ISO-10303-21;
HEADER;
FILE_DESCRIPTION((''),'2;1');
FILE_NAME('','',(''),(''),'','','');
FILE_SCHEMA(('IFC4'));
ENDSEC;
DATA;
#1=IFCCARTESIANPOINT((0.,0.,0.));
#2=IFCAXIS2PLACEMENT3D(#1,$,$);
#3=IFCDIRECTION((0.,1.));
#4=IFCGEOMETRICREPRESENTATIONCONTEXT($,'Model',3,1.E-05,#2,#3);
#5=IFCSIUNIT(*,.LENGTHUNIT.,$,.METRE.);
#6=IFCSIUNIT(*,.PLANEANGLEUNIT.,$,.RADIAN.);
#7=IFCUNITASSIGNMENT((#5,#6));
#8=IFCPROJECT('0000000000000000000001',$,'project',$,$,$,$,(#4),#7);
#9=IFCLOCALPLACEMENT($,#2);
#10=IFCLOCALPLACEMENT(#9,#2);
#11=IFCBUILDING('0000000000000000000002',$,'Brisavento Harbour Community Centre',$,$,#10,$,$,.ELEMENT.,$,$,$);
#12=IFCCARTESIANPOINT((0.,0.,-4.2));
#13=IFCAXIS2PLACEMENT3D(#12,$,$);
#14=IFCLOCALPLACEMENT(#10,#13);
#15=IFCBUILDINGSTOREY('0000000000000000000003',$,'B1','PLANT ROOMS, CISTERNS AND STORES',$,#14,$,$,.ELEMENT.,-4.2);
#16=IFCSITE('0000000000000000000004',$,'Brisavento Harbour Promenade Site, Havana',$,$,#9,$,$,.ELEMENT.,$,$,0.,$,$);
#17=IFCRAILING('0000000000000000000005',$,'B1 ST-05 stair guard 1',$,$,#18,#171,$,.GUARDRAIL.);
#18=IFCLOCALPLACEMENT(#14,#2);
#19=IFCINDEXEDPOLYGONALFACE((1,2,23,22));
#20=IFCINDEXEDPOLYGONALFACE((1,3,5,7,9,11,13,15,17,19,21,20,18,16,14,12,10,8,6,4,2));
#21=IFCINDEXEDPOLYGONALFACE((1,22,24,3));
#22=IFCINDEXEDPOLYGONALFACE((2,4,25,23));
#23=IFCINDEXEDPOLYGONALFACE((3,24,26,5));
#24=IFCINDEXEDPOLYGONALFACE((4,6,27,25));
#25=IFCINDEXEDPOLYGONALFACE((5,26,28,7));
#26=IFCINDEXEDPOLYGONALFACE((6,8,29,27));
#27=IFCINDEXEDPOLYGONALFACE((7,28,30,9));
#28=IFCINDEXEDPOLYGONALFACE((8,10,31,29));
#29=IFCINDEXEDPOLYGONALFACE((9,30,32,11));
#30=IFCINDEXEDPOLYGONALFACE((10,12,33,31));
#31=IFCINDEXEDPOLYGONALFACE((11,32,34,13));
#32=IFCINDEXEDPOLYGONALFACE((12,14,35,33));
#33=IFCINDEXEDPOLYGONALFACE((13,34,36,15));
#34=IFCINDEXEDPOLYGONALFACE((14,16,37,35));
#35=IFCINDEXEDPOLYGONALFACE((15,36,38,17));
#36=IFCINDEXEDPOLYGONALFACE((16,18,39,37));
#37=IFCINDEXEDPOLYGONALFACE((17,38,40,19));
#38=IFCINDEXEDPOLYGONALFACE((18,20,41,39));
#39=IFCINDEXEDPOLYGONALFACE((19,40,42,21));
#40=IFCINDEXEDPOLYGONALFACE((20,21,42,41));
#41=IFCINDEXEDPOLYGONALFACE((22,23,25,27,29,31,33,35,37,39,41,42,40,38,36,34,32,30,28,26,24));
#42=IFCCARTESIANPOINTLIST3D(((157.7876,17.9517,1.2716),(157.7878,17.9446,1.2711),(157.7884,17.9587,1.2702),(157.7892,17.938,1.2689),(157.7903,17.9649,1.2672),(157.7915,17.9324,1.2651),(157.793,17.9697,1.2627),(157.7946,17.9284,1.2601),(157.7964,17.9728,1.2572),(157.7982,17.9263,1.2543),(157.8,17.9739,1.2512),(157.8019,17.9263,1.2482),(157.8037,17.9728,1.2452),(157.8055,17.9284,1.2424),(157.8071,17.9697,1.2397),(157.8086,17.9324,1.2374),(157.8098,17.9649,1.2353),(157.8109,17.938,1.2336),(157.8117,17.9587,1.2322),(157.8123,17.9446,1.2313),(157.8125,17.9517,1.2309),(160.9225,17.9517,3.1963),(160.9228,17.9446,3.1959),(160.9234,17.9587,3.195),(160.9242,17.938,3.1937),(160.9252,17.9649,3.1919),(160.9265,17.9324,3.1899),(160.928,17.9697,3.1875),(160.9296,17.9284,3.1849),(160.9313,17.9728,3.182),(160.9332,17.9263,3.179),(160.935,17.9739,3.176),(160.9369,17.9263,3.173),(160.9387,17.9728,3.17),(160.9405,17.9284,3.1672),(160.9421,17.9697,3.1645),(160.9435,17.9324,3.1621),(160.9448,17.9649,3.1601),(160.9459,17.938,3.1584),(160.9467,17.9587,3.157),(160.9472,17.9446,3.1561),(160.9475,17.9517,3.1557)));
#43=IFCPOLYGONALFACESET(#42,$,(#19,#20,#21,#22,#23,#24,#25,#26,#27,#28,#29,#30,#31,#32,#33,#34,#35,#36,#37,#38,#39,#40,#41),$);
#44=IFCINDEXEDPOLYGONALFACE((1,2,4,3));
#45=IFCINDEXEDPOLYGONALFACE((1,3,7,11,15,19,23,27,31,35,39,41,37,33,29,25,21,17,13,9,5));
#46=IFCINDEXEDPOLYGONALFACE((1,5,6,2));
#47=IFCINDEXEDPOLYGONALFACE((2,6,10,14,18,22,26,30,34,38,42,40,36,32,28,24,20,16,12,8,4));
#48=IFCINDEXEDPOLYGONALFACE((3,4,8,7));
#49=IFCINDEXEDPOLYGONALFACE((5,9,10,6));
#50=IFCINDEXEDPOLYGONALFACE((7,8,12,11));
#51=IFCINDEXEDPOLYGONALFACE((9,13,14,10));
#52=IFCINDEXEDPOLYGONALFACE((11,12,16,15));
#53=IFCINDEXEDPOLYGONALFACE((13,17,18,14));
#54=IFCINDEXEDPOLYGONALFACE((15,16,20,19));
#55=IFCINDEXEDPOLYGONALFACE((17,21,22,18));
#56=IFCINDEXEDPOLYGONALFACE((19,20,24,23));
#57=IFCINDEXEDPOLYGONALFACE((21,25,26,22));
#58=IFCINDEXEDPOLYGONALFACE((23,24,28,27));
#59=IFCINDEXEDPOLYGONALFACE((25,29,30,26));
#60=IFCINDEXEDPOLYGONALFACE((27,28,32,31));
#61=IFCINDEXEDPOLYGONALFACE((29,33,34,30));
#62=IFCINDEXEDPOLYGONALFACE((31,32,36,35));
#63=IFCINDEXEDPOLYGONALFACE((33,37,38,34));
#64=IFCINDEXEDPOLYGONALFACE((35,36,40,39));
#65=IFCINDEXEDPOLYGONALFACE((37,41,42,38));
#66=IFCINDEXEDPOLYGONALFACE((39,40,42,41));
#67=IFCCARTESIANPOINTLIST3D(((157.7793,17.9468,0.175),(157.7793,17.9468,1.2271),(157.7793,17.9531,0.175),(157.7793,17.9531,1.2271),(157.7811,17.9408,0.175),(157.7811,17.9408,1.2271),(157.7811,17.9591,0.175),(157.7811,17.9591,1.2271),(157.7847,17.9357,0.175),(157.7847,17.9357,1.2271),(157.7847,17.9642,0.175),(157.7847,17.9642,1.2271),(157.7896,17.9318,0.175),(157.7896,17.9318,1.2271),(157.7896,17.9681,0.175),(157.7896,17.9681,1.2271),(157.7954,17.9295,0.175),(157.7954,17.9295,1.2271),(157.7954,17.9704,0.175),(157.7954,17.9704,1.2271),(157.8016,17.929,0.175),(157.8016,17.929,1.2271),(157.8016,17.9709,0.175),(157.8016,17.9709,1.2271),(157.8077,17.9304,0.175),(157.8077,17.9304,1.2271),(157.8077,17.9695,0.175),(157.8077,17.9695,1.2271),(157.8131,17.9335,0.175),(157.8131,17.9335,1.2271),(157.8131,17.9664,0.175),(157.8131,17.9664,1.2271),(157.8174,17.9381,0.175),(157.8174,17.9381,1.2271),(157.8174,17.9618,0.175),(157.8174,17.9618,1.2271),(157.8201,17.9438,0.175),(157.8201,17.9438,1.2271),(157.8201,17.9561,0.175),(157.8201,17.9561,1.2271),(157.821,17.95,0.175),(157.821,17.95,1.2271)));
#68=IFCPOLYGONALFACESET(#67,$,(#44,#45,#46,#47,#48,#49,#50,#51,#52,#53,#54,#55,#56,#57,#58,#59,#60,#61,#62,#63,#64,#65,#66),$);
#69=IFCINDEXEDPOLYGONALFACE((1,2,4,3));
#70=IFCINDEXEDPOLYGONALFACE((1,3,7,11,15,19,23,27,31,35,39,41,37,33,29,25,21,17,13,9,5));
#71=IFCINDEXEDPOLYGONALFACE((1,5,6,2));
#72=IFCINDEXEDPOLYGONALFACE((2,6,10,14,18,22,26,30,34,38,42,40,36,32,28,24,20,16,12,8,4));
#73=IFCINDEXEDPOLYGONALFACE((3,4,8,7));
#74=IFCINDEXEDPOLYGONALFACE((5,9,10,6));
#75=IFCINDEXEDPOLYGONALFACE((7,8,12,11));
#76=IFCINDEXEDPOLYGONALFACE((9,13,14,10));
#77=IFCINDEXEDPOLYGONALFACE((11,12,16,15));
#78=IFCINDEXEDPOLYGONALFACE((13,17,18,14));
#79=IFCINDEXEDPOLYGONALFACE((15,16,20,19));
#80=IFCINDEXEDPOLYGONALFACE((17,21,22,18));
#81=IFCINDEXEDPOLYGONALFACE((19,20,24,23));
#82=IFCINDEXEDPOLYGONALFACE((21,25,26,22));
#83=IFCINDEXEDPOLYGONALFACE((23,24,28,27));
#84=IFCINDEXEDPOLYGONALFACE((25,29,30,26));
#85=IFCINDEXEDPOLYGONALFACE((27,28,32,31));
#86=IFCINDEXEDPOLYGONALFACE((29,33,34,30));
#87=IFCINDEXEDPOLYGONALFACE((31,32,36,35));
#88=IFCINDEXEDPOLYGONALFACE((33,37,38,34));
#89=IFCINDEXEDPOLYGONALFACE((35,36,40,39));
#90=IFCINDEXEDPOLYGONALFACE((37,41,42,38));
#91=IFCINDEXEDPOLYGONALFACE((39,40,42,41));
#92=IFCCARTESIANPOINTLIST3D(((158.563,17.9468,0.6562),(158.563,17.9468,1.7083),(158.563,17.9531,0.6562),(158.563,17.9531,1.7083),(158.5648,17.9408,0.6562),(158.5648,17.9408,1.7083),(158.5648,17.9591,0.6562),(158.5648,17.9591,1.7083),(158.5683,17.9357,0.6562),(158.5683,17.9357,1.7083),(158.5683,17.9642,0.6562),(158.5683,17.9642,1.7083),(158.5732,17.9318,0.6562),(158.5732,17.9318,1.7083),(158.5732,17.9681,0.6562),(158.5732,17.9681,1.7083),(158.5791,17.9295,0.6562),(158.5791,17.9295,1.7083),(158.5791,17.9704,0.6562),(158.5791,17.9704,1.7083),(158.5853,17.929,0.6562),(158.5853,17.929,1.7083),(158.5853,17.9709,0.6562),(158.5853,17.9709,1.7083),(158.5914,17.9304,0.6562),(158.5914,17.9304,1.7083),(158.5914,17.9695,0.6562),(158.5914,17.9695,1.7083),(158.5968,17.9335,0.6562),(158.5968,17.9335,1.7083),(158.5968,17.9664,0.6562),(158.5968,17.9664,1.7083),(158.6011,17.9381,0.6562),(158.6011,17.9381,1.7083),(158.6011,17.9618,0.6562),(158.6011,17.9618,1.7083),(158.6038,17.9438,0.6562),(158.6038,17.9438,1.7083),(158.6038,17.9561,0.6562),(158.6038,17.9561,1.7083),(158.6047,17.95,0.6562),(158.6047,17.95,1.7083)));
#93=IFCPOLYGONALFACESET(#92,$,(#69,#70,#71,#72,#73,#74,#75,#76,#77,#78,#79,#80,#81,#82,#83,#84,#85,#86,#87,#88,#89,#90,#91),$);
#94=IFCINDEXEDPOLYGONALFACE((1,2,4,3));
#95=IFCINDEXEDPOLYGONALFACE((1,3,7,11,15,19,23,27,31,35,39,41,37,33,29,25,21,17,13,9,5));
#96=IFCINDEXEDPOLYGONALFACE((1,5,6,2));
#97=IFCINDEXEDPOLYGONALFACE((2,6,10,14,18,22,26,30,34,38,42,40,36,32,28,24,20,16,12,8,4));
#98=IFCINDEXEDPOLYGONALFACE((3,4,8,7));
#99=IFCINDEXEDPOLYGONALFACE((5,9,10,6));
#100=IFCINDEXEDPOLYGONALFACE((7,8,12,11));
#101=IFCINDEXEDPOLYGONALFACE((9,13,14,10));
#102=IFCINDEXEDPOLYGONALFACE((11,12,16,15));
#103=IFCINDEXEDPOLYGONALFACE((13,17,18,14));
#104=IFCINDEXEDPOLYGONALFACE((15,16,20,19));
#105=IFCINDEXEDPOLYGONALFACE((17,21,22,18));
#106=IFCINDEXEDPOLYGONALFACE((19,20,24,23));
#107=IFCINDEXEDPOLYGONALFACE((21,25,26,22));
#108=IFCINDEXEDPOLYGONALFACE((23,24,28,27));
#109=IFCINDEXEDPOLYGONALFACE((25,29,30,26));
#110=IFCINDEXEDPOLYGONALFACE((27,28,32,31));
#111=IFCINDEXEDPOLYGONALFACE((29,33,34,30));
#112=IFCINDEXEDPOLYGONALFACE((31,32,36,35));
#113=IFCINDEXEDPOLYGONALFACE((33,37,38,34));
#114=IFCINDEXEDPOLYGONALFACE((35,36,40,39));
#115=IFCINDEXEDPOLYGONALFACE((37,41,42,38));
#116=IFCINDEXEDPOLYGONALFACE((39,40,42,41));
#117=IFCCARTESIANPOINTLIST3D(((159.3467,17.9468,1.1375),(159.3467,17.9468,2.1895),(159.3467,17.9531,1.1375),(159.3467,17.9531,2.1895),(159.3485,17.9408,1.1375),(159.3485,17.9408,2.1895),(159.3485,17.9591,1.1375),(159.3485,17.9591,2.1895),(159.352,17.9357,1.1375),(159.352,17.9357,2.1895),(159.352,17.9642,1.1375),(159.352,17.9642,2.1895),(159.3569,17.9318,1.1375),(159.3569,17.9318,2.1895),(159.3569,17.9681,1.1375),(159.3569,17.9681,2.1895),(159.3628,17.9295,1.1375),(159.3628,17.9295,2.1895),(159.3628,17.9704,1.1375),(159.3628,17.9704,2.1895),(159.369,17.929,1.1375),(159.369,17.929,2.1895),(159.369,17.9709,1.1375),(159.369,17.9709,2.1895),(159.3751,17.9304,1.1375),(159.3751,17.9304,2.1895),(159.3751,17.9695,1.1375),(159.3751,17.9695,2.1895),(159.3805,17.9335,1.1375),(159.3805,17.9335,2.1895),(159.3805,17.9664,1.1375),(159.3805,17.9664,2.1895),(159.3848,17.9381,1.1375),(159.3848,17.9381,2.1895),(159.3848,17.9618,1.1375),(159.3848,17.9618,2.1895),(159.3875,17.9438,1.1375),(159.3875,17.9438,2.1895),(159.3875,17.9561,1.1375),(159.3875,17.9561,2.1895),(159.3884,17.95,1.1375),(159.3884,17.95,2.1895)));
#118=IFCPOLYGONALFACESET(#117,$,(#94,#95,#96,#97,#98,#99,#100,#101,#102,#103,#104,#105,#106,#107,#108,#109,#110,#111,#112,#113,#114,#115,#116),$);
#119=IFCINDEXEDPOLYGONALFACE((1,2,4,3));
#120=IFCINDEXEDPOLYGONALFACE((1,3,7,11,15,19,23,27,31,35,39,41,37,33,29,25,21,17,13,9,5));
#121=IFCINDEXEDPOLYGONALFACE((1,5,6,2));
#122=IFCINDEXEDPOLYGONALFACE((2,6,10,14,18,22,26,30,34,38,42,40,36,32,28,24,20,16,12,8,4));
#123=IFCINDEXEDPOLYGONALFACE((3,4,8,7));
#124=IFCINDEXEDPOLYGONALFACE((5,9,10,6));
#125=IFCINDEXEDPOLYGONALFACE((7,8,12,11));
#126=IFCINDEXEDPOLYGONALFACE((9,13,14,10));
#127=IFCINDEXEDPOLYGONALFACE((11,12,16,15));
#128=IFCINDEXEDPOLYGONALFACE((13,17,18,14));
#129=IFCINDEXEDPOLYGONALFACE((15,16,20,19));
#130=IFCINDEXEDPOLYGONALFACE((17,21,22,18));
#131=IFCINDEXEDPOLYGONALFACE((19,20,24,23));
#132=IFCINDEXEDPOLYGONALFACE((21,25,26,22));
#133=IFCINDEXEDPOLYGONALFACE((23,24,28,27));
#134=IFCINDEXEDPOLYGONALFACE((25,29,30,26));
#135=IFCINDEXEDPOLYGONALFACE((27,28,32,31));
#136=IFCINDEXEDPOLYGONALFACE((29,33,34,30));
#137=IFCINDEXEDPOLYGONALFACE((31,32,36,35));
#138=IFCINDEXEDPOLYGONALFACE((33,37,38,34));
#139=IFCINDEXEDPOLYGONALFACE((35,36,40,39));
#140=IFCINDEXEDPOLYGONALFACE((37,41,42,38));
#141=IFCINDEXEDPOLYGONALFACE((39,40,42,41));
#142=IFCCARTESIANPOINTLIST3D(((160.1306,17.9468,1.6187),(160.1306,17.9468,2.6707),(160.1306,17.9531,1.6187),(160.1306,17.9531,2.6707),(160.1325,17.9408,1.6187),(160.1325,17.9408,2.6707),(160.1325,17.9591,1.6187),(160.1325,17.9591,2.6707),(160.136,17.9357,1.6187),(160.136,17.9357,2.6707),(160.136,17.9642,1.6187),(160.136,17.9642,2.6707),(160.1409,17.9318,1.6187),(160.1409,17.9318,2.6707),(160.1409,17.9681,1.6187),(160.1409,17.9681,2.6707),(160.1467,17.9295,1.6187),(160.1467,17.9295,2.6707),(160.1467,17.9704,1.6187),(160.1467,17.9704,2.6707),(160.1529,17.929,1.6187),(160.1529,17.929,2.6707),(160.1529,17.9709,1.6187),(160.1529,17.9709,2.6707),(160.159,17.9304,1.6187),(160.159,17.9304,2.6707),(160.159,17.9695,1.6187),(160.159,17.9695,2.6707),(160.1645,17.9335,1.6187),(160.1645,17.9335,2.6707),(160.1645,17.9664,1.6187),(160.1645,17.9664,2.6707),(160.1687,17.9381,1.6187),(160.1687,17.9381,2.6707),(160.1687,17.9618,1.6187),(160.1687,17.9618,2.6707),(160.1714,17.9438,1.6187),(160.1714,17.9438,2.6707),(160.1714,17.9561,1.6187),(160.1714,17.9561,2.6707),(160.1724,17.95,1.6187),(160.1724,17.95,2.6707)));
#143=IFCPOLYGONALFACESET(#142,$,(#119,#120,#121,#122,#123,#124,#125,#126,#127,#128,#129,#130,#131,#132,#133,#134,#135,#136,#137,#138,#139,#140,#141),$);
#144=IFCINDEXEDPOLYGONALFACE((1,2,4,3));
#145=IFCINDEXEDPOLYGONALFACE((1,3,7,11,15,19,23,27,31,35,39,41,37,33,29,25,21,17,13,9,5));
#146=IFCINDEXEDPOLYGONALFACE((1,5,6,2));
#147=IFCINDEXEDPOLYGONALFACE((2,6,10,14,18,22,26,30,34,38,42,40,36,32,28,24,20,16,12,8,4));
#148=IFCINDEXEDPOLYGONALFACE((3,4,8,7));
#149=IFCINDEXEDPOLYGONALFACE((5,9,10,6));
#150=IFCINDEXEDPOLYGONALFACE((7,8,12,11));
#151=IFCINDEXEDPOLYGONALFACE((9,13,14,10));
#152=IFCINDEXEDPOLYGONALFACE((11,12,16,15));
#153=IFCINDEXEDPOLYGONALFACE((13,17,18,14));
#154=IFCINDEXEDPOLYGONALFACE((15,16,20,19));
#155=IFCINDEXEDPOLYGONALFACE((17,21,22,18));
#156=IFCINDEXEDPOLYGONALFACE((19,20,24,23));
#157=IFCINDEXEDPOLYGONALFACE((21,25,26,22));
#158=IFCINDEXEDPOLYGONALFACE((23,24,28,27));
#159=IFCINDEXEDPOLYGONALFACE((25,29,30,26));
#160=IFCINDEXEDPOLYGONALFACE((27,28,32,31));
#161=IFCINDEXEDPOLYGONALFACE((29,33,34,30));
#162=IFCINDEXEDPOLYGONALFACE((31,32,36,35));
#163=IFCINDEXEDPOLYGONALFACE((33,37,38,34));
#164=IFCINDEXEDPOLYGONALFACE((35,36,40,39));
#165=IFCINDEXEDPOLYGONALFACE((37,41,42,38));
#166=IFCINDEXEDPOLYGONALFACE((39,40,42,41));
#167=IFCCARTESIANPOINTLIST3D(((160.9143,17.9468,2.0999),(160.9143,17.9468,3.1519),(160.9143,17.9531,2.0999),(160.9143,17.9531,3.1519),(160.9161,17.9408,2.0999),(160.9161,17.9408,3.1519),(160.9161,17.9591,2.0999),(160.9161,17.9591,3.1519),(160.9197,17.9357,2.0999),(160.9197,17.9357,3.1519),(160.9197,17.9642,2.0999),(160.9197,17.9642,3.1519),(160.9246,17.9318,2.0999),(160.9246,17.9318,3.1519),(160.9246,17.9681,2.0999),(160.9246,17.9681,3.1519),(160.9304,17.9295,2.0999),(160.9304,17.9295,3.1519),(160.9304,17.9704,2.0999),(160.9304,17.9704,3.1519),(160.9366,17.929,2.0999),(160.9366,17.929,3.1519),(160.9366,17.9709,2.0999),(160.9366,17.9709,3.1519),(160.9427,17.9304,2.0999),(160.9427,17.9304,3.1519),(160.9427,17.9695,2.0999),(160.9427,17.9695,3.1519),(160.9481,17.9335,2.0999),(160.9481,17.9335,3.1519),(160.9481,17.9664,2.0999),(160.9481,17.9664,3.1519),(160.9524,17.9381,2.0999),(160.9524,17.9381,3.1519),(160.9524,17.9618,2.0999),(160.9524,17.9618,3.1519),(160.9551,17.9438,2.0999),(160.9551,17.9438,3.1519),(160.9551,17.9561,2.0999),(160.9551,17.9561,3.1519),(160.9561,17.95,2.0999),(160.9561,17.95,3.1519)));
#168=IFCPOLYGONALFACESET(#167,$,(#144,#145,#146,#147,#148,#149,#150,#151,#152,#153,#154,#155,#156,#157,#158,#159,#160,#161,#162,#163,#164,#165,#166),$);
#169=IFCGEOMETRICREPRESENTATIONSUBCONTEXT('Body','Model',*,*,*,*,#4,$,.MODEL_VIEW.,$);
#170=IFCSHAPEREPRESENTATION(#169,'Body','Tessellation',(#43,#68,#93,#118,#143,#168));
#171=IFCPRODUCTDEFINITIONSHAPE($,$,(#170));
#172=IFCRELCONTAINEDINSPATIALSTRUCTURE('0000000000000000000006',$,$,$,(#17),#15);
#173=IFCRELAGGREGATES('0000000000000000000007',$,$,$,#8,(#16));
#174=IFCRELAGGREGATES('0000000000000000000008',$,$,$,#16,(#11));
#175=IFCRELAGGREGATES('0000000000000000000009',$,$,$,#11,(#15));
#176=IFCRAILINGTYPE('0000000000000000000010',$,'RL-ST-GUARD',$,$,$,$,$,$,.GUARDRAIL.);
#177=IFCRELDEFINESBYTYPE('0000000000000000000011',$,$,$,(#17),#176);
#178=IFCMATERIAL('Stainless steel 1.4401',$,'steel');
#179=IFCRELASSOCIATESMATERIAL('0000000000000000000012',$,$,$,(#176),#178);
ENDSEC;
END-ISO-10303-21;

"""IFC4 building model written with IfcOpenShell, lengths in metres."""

from ifc_helpers import new_model, si_unit, direction, frame, origin, origin_2d, place, context, subcontext, project, spatial, circle, extrude, material, type_object, element, save


model = new_model("IFC4")

# Units and contexts
model_context = context("Model", 3, precision=1e-05, world=origin(), true_north=direction((0.0, 1.0)))
body_context = subcontext(model_context, "Body", "Model", "MODEL_VIEW")
ifc_project = project(units=[si_unit("LENGTHUNIT", "METRE"), si_unit("PLANEANGLEUNIT", "RADIAN")], contexts=[model_context])

# Site, building, storey
site_placement = place(None, origin())
site = spatial("IfcSite", under=ifc_project, at=site_placement, Name="Brisavento Harbour Promenade Site, Havana", CompositionType="ELEMENT", RefElevation=0.0)
building_placement = place(site_placement, origin())
building = spatial("IfcBuilding", under=site, at=building_placement, Name="Brisavento Harbour Community Centre", CompositionType="ELEMENT")
storey_placement = place(building_placement, frame((0.0, 0.0, -4.2)))
storey = spatial("IfcBuildingStorey", under=building, at=storey_placement, Name="B1", Description="PLANT ROOMS, CISTERNS AND STORES", CompositionType="ELEMENT", Elevation=-4.2)

# Railing
ifc_material_1 = material(Name="Stainless steel 1.4401", Category="steel")
railing_type_1 = type_object("IfcRailingType", Name="RL-ST-GUARD", PredefinedType="GUARDRAIL", material=ifc_material_1)
railing_1_placement = place(storey_placement, frame((157.8, 17.95, 0.175)))
element("IfcRailing", 1, at=railing_1_placement, inside=storey, type_object=railing_type_1, Name="B1 ST-05 stair guard 1", PredefinedType="GUARDRAIL", context=body_context, shape_type="SweptSolid", body=[
    extrude(circle(Radius=0.0239, at=origin_2d()), frame((0.0, 0.0, 1.0762), z_axis=(0.852196, 0.0, 0.523223), x_axis=(0.0, 1.0, 0.0)), (0.0, 0.0, 1.0), 3.6787),
    extrude(circle(Radius=0.021, at=origin_2d()), origin(), (0.0, 0.0, 1.0), 1.052),
    extrude(circle(Radius=0.021, at=origin_2d()), frame((0.7837, 0.0, 0.4812)), (0.0, 0.0, 1.0), 1.052),
    extrude(circle(Radius=0.021, at=origin_2d()), frame((1.5674, 0.0, 0.9624)), (0.0, 0.0, 1.0), 1.052),
    extrude(circle(Radius=0.021, at=origin_2d()), frame((2.3513, 0.0, 1.4436)), (0.0, 0.0, 1.0), 1.052),
    extrude(circle(Radius=0.021, at=origin_2d()), frame((3.135, 0.0, 1.9248)), (0.0, 0.0, 1.0), 1.052),
])

save(model, "model.ifc")
